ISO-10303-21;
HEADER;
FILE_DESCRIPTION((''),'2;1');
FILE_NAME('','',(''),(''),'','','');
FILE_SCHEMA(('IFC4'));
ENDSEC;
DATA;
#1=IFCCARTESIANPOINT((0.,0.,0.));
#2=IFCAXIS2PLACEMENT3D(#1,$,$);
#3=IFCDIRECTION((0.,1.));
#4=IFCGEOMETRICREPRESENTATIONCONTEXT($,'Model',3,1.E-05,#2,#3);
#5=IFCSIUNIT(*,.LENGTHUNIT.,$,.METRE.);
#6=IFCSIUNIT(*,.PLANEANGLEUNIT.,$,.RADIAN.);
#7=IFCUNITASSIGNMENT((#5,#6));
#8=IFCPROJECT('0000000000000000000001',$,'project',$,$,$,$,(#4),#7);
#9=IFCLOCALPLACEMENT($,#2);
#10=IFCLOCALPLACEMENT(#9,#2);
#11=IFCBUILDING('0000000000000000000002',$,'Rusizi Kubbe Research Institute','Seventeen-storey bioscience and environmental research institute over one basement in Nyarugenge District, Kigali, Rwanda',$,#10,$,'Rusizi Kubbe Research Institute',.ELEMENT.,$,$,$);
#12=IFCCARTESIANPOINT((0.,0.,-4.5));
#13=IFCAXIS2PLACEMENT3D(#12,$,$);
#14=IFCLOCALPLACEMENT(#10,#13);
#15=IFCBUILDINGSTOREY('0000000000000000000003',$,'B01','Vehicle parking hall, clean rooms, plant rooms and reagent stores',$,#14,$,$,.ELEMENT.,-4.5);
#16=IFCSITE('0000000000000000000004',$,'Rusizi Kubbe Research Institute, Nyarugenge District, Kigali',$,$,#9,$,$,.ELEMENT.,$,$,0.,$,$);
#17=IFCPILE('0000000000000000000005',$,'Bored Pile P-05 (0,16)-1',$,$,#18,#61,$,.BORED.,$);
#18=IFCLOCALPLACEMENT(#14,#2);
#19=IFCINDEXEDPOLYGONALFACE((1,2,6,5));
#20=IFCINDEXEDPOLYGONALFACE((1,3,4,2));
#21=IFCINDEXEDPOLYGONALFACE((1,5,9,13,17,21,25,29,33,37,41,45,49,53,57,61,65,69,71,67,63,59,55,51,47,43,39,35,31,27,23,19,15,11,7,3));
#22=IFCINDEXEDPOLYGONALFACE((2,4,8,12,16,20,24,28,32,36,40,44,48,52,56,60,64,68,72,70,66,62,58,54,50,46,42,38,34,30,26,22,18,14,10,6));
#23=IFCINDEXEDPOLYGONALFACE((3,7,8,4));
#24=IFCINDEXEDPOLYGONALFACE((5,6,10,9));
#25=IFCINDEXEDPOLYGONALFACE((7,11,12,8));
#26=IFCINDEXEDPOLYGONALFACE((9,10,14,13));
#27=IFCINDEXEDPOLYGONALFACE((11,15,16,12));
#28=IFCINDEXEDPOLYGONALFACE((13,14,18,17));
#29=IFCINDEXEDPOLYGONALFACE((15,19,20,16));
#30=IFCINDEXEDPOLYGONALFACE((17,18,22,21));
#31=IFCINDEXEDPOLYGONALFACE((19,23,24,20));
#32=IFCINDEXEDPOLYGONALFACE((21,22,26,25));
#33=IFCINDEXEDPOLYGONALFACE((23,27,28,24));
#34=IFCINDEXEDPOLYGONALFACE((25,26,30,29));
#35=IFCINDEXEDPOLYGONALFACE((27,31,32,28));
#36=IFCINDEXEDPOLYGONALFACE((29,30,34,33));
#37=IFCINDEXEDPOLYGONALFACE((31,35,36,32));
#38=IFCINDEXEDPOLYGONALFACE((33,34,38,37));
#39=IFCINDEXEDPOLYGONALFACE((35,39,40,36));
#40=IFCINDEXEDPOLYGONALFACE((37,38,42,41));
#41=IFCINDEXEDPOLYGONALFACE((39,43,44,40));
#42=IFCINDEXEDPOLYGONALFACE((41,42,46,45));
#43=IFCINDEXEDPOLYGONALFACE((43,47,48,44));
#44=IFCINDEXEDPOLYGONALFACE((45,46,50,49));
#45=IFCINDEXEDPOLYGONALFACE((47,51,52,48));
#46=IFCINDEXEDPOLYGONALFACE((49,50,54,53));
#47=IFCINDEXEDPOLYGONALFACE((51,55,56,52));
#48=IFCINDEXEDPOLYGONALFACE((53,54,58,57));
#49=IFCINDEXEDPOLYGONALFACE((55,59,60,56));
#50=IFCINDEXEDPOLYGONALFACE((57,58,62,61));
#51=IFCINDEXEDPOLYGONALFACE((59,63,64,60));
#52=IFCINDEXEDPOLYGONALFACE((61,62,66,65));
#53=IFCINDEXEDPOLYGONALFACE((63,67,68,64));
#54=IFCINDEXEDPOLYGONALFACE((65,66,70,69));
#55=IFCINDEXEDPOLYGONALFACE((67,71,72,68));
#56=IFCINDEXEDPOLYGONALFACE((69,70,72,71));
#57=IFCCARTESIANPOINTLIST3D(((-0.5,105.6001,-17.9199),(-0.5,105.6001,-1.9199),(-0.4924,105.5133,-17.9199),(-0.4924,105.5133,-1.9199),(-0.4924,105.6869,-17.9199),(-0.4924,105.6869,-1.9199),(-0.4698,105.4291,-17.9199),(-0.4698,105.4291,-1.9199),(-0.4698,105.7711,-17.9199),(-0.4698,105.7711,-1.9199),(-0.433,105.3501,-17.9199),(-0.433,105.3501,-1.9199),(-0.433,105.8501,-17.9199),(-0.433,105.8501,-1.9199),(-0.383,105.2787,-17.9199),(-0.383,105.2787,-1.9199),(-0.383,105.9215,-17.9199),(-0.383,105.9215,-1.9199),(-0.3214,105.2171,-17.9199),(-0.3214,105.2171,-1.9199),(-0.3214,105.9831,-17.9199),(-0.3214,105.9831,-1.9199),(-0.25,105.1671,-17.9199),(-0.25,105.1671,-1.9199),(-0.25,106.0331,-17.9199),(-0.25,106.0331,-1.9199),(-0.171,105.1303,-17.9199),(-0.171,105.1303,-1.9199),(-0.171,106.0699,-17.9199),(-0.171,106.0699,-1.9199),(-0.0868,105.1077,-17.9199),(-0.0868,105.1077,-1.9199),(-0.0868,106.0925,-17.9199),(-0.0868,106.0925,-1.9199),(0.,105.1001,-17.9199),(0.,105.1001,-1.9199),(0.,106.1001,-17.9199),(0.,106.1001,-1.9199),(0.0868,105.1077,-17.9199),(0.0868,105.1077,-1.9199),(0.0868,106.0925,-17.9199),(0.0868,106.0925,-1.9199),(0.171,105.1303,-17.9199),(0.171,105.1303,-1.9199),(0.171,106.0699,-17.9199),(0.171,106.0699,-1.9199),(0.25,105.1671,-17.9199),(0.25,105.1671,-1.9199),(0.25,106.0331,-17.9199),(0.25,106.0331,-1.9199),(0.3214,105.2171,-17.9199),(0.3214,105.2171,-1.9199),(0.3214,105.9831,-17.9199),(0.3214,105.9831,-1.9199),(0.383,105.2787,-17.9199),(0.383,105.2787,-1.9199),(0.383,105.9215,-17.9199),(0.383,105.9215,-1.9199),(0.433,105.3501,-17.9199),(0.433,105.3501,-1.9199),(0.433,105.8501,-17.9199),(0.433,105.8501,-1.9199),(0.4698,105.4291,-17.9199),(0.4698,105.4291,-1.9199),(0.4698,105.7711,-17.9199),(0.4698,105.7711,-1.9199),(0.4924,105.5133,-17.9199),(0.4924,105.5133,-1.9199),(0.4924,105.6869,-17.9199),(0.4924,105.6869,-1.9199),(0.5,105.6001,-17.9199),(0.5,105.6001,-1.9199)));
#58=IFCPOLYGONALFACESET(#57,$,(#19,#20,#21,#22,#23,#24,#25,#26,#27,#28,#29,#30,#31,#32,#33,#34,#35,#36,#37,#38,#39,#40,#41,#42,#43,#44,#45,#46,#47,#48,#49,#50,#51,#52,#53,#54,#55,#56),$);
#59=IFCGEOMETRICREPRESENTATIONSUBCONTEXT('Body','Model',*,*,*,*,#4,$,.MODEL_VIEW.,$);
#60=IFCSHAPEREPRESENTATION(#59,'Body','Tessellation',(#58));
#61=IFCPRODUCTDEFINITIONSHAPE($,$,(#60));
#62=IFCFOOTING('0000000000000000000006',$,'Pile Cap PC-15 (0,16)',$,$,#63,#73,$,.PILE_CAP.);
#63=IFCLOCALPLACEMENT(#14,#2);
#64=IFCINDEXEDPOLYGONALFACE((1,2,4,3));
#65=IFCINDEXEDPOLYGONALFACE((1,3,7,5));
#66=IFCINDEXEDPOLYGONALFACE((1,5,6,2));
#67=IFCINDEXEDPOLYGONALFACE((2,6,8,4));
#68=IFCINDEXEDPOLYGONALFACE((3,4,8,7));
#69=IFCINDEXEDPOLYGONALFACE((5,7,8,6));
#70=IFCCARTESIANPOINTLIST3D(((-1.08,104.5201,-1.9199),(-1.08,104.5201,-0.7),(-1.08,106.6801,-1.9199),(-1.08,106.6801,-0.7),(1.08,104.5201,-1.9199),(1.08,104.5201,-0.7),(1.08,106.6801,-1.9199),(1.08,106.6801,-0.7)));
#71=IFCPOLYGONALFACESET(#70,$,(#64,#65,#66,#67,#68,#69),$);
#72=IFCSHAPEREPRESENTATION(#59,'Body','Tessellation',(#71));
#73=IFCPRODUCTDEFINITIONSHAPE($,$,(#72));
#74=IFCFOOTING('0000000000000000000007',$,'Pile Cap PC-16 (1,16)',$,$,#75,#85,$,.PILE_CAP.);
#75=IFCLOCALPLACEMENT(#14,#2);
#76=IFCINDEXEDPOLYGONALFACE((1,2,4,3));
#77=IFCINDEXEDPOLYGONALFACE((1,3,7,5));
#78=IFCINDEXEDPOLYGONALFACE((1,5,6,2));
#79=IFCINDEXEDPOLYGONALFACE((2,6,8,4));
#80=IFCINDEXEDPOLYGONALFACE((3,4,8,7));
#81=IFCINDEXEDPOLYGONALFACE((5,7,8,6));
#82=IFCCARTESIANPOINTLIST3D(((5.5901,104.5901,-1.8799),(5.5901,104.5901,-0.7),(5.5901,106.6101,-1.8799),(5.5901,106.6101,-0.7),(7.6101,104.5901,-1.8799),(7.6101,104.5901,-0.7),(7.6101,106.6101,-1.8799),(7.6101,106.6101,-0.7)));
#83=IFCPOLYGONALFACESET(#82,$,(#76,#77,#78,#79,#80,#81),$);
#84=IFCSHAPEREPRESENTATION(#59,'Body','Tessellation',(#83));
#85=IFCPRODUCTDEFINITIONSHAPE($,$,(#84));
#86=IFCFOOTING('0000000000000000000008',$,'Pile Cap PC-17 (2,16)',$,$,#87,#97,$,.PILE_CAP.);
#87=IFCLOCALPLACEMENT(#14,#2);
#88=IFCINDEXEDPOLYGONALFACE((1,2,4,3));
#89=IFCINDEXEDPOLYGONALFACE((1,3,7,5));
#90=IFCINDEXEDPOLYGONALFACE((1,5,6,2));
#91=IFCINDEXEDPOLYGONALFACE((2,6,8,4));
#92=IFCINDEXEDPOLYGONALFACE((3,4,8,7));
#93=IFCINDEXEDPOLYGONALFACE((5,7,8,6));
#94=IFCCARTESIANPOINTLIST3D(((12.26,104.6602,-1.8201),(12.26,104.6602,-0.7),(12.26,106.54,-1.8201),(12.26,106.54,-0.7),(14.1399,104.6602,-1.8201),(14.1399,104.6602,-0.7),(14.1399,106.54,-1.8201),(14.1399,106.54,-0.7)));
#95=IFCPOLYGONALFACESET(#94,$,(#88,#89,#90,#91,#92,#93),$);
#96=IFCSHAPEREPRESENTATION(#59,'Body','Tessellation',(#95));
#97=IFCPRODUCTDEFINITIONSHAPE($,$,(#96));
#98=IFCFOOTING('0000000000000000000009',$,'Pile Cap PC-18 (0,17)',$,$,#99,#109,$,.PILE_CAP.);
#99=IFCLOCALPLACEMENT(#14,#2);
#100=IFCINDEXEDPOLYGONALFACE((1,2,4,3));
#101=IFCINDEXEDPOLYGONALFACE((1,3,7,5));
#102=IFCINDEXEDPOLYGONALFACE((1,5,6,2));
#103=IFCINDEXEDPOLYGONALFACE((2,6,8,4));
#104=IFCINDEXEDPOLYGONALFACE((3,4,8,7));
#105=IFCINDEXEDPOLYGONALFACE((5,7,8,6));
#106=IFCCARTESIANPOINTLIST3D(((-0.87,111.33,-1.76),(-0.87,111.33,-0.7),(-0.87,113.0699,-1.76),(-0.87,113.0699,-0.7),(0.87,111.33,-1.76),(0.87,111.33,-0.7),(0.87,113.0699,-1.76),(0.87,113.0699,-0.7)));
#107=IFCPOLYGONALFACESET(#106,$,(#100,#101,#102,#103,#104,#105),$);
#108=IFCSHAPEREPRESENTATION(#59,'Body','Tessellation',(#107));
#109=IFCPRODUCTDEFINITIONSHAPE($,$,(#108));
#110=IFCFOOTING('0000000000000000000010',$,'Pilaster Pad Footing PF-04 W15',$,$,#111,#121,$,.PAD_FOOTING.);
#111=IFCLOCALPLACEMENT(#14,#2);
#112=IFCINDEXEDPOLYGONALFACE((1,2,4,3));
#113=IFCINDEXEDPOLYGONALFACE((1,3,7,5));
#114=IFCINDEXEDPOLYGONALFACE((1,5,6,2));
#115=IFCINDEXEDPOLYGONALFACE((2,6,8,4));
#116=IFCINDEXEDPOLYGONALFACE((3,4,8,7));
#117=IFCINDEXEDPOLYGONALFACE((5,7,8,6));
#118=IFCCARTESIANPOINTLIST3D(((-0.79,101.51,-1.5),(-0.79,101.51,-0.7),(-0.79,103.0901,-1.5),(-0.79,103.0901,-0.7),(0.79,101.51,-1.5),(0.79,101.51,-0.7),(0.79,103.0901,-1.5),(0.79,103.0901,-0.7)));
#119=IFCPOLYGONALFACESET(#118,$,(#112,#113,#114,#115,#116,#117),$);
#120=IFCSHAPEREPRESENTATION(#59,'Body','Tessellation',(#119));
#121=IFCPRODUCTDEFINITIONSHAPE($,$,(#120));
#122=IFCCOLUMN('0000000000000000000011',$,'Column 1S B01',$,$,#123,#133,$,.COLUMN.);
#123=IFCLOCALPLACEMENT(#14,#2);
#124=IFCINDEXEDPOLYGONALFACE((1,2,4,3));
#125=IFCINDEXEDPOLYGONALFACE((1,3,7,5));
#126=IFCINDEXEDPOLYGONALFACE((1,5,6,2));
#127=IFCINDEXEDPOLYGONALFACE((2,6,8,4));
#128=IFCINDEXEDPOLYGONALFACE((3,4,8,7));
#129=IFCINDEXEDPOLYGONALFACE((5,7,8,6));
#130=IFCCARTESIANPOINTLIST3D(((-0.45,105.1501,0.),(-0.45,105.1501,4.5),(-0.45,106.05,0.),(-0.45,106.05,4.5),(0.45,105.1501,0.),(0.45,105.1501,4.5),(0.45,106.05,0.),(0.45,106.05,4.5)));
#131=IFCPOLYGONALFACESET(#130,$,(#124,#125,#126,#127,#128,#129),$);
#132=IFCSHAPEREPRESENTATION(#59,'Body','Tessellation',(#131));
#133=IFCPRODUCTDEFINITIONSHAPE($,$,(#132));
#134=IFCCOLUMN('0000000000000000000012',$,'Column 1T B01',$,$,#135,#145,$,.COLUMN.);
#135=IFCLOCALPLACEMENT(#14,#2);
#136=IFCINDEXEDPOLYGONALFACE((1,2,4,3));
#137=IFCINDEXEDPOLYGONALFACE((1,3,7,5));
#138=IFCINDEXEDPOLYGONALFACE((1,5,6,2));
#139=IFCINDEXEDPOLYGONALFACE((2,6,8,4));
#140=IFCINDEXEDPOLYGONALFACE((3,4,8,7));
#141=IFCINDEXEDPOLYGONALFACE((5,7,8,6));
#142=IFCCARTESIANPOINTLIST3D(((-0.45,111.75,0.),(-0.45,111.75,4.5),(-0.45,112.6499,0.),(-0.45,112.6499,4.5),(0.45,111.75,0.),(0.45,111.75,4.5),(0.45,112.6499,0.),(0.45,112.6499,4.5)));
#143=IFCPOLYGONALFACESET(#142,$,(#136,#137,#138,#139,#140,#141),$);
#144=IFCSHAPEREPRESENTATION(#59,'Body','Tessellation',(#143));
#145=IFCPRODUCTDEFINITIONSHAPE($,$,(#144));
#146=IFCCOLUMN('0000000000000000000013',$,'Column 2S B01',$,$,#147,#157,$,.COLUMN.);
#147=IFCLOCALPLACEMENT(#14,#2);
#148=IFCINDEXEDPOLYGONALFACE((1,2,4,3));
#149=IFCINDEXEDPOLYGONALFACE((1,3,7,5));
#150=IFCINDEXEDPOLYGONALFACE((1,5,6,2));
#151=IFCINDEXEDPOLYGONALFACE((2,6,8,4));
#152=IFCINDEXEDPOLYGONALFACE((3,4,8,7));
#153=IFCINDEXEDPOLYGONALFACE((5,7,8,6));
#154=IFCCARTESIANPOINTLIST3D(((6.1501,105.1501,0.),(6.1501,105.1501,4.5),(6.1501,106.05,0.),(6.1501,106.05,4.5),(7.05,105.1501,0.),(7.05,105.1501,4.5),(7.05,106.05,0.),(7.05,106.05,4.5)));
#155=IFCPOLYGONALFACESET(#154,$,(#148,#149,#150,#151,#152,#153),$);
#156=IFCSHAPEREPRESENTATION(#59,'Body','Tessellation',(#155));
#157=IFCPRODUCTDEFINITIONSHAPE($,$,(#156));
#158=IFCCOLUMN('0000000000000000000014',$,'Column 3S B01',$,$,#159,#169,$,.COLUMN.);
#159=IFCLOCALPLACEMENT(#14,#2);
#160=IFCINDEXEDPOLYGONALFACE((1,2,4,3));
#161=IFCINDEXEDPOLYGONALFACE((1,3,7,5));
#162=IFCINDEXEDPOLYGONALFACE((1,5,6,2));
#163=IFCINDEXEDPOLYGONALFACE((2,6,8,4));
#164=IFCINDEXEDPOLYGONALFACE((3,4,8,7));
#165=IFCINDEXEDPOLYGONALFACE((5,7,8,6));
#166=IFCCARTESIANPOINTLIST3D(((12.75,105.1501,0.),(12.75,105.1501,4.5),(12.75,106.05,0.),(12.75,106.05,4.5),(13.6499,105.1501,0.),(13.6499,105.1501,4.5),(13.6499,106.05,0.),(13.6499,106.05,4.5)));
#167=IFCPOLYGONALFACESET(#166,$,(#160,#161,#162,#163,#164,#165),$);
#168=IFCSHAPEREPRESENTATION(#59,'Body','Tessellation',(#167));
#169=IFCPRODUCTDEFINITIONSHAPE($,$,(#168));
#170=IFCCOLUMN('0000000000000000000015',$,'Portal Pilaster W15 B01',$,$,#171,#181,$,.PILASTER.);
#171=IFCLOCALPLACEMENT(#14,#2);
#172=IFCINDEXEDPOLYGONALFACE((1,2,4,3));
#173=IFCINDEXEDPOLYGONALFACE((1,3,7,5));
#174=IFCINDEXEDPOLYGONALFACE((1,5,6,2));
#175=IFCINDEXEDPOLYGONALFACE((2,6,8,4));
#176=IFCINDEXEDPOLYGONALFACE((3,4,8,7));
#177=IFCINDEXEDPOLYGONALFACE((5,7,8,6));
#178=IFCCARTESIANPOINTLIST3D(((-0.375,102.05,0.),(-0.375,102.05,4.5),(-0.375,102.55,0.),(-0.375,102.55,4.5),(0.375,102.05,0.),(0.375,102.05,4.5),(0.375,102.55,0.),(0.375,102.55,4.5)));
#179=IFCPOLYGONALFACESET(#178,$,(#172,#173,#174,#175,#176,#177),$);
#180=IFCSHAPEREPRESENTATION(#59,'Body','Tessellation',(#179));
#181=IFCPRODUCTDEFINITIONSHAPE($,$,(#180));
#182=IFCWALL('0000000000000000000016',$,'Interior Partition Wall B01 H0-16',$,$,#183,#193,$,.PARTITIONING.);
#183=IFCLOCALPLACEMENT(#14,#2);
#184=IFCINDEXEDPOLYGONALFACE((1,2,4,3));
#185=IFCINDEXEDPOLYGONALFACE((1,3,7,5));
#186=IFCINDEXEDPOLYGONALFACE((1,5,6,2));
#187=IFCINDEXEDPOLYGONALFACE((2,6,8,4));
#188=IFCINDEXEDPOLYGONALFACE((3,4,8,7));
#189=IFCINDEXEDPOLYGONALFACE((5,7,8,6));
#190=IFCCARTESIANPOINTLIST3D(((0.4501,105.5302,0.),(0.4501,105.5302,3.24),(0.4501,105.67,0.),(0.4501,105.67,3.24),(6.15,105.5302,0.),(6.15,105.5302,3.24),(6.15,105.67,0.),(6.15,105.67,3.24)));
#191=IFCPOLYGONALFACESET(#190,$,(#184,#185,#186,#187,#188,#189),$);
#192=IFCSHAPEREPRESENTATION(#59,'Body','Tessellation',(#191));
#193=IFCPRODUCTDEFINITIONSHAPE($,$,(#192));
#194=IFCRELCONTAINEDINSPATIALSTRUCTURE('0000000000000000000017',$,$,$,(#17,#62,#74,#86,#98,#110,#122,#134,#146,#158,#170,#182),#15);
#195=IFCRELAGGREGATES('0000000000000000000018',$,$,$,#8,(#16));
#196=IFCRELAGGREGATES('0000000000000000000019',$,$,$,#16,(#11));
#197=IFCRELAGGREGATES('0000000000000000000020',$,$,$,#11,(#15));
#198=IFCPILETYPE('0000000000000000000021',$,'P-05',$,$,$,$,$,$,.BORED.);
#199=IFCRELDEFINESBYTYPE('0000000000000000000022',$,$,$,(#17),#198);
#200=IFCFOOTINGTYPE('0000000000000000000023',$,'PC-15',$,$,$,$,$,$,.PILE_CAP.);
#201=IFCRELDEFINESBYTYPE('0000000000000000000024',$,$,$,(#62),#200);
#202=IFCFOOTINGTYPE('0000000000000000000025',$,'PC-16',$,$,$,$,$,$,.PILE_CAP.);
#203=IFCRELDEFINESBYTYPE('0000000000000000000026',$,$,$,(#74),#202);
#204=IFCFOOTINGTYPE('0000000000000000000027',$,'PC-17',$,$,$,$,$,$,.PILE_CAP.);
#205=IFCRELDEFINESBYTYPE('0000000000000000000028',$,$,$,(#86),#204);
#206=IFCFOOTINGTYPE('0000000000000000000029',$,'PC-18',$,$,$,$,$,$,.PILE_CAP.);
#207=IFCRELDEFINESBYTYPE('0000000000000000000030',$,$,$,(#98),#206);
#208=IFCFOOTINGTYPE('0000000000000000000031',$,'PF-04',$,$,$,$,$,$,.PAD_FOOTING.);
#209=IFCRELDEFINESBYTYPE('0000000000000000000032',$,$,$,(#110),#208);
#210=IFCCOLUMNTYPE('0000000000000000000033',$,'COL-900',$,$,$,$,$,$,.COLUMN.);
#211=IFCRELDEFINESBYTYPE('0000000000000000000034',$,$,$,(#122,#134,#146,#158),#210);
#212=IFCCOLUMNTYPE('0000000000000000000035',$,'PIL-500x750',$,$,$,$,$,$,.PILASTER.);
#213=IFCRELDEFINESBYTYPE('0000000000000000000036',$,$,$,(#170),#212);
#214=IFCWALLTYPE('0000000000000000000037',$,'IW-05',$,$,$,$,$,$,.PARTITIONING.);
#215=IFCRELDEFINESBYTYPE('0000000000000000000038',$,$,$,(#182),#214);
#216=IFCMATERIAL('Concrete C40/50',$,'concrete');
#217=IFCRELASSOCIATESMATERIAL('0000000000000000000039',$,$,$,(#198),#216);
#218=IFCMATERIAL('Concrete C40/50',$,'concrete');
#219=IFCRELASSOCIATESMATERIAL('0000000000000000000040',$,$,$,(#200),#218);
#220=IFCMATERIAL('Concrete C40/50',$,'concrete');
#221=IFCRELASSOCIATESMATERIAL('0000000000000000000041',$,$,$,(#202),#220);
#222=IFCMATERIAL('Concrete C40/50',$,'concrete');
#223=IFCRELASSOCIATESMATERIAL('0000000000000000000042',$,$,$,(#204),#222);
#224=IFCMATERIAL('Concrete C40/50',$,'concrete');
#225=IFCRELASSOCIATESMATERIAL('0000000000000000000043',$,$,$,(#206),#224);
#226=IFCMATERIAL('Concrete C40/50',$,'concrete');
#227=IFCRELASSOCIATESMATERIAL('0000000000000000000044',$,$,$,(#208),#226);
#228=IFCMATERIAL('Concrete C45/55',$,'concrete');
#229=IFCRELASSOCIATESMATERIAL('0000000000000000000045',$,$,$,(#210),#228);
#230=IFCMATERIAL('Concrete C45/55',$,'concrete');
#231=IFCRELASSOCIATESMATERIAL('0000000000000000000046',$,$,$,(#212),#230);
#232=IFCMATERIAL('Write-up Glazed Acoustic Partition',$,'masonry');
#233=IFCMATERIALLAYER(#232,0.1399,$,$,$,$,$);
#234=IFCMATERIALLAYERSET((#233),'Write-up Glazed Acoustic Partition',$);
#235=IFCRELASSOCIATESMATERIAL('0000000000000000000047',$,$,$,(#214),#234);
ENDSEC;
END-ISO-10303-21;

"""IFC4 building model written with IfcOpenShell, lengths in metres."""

from ifc_helpers import new_model, si_unit, direction, frame, frame_2d, origin, origin_2d, place, context, subcontext, project, spatial, rectangle, circle, extrude, material, layer, layer_set, material_profile, profile_set, type_object, element, save


model = new_model("IFC4")

# Units and contexts
model_context = context("Model", 3, precision=1e-05, world=origin(), true_north=direction((0.0, 1.0)))
body_context = subcontext(model_context, "Body", "Model", "MODEL_VIEW")
ifc_project = project(units=[si_unit("LENGTHUNIT", "METRE"), si_unit("PLANEANGLEUNIT", "RADIAN")], contexts=[model_context])

# Site, building, storey
site_placement = place(None, origin())
site = spatial("IfcSite", under=ifc_project, at=site_placement, Name="Rusizi Kubbe Research Institute, Nyarugenge District, Kigali", CompositionType="ELEMENT", RefElevation=0.0)
building_placement = place(site_placement, origin())
building = spatial("IfcBuilding", under=site, at=building_placement, Name="Rusizi Kubbe Research Institute", Description="Seventeen-storey bioscience and environmental research institute over one basement in Nyarugenge District, Kigali, Rwanda", LongName="Rusizi Kubbe Research Institute", CompositionType="ELEMENT")
storey_placement = place(building_placement, frame((0.0, 0.0, -4.5)))
storey = spatial("IfcBuildingStorey", under=building, at=storey_placement, Name="B01", Description="Vehicle parking hall, clean rooms, plant rooms and reagent stores", CompositionType="ELEMENT", Elevation=-4.5)

# Pile
ifc_material_1 = material(Name="Concrete C40/50", Category="concrete")
ifc_material_profile_1 = material_profile(ifc_material_1, circle(Radius=0.5, at=origin_2d()), Name="PILE-D1000")
ifc_profile_set_1 = profile_set([ifc_material_profile_1], Name="Concrete C40/50")
pile_type_1 = type_object("IfcPileType", Name="P-05", PredefinedType="BORED", material=ifc_profile_set_1)
pile_1_placement = place(storey_placement, frame((0.0, 105.6001, -1.9199), z_axis=(0.0, 0.0, -1.0), x_axis=(1.0, 0.0, 0.0)))
element("IfcPile", 1, at=pile_1_placement, inside=storey, type_object=pile_type_1, Name="Bored Pile P-05 (0,16)-1", PredefinedType="BORED", context=body_context, shape_type="SweptSolid", body=[
    extrude(circle(Radius=0.5, at=origin_2d()), origin(), (0.0, 0.0, 1.0), 16.0),
])

# Footings
ifc_material_2 = material(Name="Concrete C40/50", Category="concrete")
footing_type_1 = type_object("IfcFootingType", Name="PC-15", PredefinedType="PILE_CAP", material=ifc_material_2)
footing_1_placement = place(storey_placement, frame((0.0, 105.6001, -1.9199), z_axis=(0.0, 0.0, 1.0), x_axis=(1.0, 0.0, 0.0)))
element("IfcFooting", 2, at=footing_1_placement, inside=storey, type_object=footing_type_1, Name="Pile Cap PC-15 (0,16)", PredefinedType="PILE_CAP", context=body_context, shape_type="SweptSolid", body=[
    extrude(rectangle(XDim=2.1599, YDim=2.1599, at=origin_2d()), origin(), (0.0, 0.0, 1.0), 1.22),
])
ifc_material_3 = material(Name="Concrete C40/50", Category="concrete")
footing_type_2 = type_object("IfcFootingType", Name="PC-16", PredefinedType="PILE_CAP", material=ifc_material_3)
footing_2_placement = place(storey_placement, frame((6.6001, 105.6001, -1.8799), z_axis=(0.0, 0.0, 1.0), x_axis=(1.0, 0.0, 0.0)))
element("IfcFooting", 3, at=footing_2_placement, inside=storey, type_object=footing_type_2, Name="Pile Cap PC-16 (1,16)", PredefinedType="PILE_CAP", context=body_context, shape_type="SweptSolid", body=[
    extrude(rectangle(XDim=2.02, YDim=2.02, at=origin_2d()), origin(), (0.0, 0.0, 1.0), 1.1799),
])
ifc_material_4 = material(Name="Concrete C40/50", Category="concrete")
footing_type_3 = type_object("IfcFootingType", Name="PC-17", PredefinedType="PILE_CAP", material=ifc_material_4)
footing_3_placement = place(storey_placement, frame((13.2, 105.6001, -1.8201), z_axis=(0.0, 0.0, 1.0), x_axis=(1.0, 0.0, 0.0)))
element("IfcFooting", 4, at=footing_3_placement, inside=storey, type_object=footing_type_3, Name="Pile Cap PC-17 (2,16)", PredefinedType="PILE_CAP", context=body_context, shape_type="SweptSolid", body=[
    extrude(rectangle(XDim=1.8799, YDim=1.8799, at=origin_2d()), origin(), (0.0, 0.0, 1.0), 1.1201),
])
ifc_material_5 = material(Name="Concrete C40/50", Category="concrete")
footing_type_4 = type_object("IfcFootingType", Name="PC-18", PredefinedType="PILE_CAP", material=ifc_material_5)
footing_4_placement = place(storey_placement, frame((0.0, 112.2, -1.76), z_axis=(0.0, 0.0, 1.0), x_axis=(1.0, 0.0, 0.0)))
element("IfcFooting", 5, at=footing_4_placement, inside=storey, type_object=footing_type_4, Name="Pile Cap PC-18 (0,17)", PredefinedType="PILE_CAP", context=body_context, shape_type="SweptSolid", body=[
    extrude(rectangle(XDim=1.74, YDim=1.74, at=origin_2d()), origin(), (0.0, 0.0, 1.0), 1.0601),
])
ifc_material_6 = material(Name="Concrete C40/50", Category="concrete")
footing_type_5 = type_object("IfcFootingType", Name="PF-04", PredefinedType="PAD_FOOTING", material=ifc_material_6)
footing_5_placement = place(storey_placement, frame((0.0, 102.3, -1.5), z_axis=(0.0, 0.0, 1.0), x_axis=(1.0, 0.0, 0.0)))
element("IfcFooting", 6, at=footing_5_placement, inside=storey, type_object=footing_type_5, Name="Pilaster Pad Footing PF-04 W15", PredefinedType="PAD_FOOTING", context=body_context, shape_type="SweptSolid", body=[
    extrude(rectangle(XDim=1.5801, YDim=1.5801, at=origin_2d()), origin(), (0.0, 0.0, 1.0), 0.8),
])

# Columns
ifc_material_7 = material(Name="Concrete C45/55", Category="concrete")
ifc_material_profile_2 = material_profile(ifc_material_7, rectangle(XDim=0.8999, YDim=0.8999, at=origin_2d()), Name="RC900x900")
ifc_profile_set_2 = profile_set([ifc_material_profile_2], Name="Concrete C45/55")
column_type_1 = type_object("IfcColumnType", Name="COL-900", PredefinedType="COLUMN", material=ifc_profile_set_2)
for number, where, z_axis, x_axis, name in (
    (7, (0.0, 105.6001, 0.0), (0.0, 0.0, 1.0), (1.0, 0.0, 0.0), "Column 1S B01"),
    (8, (0.0, 112.2, 0.0), (0.0, 0.0, 1.0), (1.0, 0.0, 0.0), "Column 1T B01"),
    (9, (6.6001, 105.6001, 0.0), (0.0, 0.0, 1.0), (1.0, 0.0, 0.0), "Column 2S B01"),
    (10, (13.2, 105.6001, 0.0), (0.0, 0.0, 1.0), (1.0, 0.0, 0.0), "Column 3S B01"),
):
    element("IfcColumn", number, at=place(storey_placement, frame(where, z_axis=z_axis, x_axis=x_axis)), inside=storey, type_object=column_type_1, Name=name, PredefinedType="COLUMN", context=body_context, shape_type="SweptSolid", body=[
        extrude(rectangle(XDim=0.8999, YDim=0.8999, at=origin_2d()), origin(), (0.0, 0.0, 1.0), 4.5),
    ])
ifc_material_8 = material(Name="Concrete C45/55", Category="concrete")
ifc_material_profile_3 = material_profile(ifc_material_8, rectangle(XDim=0.5, YDim=0.75, at=origin_2d()), Name="RC500x750")
ifc_profile_set_3 = profile_set([ifc_material_profile_3], Name="Concrete C45/55")
column_type_2 = type_object("IfcColumnType", Name="PIL-500x750", PredefinedType="PILASTER", material=ifc_profile_set_3)
column_placement = place(storey_placement, frame((0.0, 102.3, 0.0), z_axis=(0.0, 0.0, 1.0), x_axis=(0.0, 1.0, 0.0)))
element("IfcColumn", 11, at=column_placement, inside=storey, type_object=column_type_2, Name="Portal Pilaster W15 B01", PredefinedType="PILASTER", context=body_context, shape_type="SweptSolid", body=[
    extrude(rectangle(XDim=0.5, YDim=0.75, at=origin_2d()), origin(), (0.0, 0.0, 1.0), 4.5),
])

# Wall
ifc_material_9 = material(Name="Write-up Glazed Acoustic Partition", Category="masonry")
ifc_layer_1 = layer(ifc_material_9, 0.1399)
ifc_layer_set_1 = layer_set([ifc_layer_1], Name="Write-up Glazed Acoustic Partition")
wall_type_1 = type_object("IfcWallType", Name="IW-05", PredefinedType="PARTITIONING", material=ifc_layer_set_1)
wall_1_placement = place(storey_placement, frame((0.45, 105.6001, 0.0), z_axis=(0.0, 0.0, 1.0), x_axis=(1.0, 0.0, 0.0)))
element("IfcWall", 12, at=wall_1_placement, inside=storey, type_object=wall_type_1, Name="Interior Partition Wall B01 H0-16", PredefinedType="PARTITIONING", context=body_context, shape_type="SweptSolid", body=[
    extrude(rectangle(XDim=5.7, YDim=0.1399, at=frame_2d((2.8501, 0.0))), origin(), (0.0, 0.0, 1.0), 3.24),
])

save(model, "model.ifc")
